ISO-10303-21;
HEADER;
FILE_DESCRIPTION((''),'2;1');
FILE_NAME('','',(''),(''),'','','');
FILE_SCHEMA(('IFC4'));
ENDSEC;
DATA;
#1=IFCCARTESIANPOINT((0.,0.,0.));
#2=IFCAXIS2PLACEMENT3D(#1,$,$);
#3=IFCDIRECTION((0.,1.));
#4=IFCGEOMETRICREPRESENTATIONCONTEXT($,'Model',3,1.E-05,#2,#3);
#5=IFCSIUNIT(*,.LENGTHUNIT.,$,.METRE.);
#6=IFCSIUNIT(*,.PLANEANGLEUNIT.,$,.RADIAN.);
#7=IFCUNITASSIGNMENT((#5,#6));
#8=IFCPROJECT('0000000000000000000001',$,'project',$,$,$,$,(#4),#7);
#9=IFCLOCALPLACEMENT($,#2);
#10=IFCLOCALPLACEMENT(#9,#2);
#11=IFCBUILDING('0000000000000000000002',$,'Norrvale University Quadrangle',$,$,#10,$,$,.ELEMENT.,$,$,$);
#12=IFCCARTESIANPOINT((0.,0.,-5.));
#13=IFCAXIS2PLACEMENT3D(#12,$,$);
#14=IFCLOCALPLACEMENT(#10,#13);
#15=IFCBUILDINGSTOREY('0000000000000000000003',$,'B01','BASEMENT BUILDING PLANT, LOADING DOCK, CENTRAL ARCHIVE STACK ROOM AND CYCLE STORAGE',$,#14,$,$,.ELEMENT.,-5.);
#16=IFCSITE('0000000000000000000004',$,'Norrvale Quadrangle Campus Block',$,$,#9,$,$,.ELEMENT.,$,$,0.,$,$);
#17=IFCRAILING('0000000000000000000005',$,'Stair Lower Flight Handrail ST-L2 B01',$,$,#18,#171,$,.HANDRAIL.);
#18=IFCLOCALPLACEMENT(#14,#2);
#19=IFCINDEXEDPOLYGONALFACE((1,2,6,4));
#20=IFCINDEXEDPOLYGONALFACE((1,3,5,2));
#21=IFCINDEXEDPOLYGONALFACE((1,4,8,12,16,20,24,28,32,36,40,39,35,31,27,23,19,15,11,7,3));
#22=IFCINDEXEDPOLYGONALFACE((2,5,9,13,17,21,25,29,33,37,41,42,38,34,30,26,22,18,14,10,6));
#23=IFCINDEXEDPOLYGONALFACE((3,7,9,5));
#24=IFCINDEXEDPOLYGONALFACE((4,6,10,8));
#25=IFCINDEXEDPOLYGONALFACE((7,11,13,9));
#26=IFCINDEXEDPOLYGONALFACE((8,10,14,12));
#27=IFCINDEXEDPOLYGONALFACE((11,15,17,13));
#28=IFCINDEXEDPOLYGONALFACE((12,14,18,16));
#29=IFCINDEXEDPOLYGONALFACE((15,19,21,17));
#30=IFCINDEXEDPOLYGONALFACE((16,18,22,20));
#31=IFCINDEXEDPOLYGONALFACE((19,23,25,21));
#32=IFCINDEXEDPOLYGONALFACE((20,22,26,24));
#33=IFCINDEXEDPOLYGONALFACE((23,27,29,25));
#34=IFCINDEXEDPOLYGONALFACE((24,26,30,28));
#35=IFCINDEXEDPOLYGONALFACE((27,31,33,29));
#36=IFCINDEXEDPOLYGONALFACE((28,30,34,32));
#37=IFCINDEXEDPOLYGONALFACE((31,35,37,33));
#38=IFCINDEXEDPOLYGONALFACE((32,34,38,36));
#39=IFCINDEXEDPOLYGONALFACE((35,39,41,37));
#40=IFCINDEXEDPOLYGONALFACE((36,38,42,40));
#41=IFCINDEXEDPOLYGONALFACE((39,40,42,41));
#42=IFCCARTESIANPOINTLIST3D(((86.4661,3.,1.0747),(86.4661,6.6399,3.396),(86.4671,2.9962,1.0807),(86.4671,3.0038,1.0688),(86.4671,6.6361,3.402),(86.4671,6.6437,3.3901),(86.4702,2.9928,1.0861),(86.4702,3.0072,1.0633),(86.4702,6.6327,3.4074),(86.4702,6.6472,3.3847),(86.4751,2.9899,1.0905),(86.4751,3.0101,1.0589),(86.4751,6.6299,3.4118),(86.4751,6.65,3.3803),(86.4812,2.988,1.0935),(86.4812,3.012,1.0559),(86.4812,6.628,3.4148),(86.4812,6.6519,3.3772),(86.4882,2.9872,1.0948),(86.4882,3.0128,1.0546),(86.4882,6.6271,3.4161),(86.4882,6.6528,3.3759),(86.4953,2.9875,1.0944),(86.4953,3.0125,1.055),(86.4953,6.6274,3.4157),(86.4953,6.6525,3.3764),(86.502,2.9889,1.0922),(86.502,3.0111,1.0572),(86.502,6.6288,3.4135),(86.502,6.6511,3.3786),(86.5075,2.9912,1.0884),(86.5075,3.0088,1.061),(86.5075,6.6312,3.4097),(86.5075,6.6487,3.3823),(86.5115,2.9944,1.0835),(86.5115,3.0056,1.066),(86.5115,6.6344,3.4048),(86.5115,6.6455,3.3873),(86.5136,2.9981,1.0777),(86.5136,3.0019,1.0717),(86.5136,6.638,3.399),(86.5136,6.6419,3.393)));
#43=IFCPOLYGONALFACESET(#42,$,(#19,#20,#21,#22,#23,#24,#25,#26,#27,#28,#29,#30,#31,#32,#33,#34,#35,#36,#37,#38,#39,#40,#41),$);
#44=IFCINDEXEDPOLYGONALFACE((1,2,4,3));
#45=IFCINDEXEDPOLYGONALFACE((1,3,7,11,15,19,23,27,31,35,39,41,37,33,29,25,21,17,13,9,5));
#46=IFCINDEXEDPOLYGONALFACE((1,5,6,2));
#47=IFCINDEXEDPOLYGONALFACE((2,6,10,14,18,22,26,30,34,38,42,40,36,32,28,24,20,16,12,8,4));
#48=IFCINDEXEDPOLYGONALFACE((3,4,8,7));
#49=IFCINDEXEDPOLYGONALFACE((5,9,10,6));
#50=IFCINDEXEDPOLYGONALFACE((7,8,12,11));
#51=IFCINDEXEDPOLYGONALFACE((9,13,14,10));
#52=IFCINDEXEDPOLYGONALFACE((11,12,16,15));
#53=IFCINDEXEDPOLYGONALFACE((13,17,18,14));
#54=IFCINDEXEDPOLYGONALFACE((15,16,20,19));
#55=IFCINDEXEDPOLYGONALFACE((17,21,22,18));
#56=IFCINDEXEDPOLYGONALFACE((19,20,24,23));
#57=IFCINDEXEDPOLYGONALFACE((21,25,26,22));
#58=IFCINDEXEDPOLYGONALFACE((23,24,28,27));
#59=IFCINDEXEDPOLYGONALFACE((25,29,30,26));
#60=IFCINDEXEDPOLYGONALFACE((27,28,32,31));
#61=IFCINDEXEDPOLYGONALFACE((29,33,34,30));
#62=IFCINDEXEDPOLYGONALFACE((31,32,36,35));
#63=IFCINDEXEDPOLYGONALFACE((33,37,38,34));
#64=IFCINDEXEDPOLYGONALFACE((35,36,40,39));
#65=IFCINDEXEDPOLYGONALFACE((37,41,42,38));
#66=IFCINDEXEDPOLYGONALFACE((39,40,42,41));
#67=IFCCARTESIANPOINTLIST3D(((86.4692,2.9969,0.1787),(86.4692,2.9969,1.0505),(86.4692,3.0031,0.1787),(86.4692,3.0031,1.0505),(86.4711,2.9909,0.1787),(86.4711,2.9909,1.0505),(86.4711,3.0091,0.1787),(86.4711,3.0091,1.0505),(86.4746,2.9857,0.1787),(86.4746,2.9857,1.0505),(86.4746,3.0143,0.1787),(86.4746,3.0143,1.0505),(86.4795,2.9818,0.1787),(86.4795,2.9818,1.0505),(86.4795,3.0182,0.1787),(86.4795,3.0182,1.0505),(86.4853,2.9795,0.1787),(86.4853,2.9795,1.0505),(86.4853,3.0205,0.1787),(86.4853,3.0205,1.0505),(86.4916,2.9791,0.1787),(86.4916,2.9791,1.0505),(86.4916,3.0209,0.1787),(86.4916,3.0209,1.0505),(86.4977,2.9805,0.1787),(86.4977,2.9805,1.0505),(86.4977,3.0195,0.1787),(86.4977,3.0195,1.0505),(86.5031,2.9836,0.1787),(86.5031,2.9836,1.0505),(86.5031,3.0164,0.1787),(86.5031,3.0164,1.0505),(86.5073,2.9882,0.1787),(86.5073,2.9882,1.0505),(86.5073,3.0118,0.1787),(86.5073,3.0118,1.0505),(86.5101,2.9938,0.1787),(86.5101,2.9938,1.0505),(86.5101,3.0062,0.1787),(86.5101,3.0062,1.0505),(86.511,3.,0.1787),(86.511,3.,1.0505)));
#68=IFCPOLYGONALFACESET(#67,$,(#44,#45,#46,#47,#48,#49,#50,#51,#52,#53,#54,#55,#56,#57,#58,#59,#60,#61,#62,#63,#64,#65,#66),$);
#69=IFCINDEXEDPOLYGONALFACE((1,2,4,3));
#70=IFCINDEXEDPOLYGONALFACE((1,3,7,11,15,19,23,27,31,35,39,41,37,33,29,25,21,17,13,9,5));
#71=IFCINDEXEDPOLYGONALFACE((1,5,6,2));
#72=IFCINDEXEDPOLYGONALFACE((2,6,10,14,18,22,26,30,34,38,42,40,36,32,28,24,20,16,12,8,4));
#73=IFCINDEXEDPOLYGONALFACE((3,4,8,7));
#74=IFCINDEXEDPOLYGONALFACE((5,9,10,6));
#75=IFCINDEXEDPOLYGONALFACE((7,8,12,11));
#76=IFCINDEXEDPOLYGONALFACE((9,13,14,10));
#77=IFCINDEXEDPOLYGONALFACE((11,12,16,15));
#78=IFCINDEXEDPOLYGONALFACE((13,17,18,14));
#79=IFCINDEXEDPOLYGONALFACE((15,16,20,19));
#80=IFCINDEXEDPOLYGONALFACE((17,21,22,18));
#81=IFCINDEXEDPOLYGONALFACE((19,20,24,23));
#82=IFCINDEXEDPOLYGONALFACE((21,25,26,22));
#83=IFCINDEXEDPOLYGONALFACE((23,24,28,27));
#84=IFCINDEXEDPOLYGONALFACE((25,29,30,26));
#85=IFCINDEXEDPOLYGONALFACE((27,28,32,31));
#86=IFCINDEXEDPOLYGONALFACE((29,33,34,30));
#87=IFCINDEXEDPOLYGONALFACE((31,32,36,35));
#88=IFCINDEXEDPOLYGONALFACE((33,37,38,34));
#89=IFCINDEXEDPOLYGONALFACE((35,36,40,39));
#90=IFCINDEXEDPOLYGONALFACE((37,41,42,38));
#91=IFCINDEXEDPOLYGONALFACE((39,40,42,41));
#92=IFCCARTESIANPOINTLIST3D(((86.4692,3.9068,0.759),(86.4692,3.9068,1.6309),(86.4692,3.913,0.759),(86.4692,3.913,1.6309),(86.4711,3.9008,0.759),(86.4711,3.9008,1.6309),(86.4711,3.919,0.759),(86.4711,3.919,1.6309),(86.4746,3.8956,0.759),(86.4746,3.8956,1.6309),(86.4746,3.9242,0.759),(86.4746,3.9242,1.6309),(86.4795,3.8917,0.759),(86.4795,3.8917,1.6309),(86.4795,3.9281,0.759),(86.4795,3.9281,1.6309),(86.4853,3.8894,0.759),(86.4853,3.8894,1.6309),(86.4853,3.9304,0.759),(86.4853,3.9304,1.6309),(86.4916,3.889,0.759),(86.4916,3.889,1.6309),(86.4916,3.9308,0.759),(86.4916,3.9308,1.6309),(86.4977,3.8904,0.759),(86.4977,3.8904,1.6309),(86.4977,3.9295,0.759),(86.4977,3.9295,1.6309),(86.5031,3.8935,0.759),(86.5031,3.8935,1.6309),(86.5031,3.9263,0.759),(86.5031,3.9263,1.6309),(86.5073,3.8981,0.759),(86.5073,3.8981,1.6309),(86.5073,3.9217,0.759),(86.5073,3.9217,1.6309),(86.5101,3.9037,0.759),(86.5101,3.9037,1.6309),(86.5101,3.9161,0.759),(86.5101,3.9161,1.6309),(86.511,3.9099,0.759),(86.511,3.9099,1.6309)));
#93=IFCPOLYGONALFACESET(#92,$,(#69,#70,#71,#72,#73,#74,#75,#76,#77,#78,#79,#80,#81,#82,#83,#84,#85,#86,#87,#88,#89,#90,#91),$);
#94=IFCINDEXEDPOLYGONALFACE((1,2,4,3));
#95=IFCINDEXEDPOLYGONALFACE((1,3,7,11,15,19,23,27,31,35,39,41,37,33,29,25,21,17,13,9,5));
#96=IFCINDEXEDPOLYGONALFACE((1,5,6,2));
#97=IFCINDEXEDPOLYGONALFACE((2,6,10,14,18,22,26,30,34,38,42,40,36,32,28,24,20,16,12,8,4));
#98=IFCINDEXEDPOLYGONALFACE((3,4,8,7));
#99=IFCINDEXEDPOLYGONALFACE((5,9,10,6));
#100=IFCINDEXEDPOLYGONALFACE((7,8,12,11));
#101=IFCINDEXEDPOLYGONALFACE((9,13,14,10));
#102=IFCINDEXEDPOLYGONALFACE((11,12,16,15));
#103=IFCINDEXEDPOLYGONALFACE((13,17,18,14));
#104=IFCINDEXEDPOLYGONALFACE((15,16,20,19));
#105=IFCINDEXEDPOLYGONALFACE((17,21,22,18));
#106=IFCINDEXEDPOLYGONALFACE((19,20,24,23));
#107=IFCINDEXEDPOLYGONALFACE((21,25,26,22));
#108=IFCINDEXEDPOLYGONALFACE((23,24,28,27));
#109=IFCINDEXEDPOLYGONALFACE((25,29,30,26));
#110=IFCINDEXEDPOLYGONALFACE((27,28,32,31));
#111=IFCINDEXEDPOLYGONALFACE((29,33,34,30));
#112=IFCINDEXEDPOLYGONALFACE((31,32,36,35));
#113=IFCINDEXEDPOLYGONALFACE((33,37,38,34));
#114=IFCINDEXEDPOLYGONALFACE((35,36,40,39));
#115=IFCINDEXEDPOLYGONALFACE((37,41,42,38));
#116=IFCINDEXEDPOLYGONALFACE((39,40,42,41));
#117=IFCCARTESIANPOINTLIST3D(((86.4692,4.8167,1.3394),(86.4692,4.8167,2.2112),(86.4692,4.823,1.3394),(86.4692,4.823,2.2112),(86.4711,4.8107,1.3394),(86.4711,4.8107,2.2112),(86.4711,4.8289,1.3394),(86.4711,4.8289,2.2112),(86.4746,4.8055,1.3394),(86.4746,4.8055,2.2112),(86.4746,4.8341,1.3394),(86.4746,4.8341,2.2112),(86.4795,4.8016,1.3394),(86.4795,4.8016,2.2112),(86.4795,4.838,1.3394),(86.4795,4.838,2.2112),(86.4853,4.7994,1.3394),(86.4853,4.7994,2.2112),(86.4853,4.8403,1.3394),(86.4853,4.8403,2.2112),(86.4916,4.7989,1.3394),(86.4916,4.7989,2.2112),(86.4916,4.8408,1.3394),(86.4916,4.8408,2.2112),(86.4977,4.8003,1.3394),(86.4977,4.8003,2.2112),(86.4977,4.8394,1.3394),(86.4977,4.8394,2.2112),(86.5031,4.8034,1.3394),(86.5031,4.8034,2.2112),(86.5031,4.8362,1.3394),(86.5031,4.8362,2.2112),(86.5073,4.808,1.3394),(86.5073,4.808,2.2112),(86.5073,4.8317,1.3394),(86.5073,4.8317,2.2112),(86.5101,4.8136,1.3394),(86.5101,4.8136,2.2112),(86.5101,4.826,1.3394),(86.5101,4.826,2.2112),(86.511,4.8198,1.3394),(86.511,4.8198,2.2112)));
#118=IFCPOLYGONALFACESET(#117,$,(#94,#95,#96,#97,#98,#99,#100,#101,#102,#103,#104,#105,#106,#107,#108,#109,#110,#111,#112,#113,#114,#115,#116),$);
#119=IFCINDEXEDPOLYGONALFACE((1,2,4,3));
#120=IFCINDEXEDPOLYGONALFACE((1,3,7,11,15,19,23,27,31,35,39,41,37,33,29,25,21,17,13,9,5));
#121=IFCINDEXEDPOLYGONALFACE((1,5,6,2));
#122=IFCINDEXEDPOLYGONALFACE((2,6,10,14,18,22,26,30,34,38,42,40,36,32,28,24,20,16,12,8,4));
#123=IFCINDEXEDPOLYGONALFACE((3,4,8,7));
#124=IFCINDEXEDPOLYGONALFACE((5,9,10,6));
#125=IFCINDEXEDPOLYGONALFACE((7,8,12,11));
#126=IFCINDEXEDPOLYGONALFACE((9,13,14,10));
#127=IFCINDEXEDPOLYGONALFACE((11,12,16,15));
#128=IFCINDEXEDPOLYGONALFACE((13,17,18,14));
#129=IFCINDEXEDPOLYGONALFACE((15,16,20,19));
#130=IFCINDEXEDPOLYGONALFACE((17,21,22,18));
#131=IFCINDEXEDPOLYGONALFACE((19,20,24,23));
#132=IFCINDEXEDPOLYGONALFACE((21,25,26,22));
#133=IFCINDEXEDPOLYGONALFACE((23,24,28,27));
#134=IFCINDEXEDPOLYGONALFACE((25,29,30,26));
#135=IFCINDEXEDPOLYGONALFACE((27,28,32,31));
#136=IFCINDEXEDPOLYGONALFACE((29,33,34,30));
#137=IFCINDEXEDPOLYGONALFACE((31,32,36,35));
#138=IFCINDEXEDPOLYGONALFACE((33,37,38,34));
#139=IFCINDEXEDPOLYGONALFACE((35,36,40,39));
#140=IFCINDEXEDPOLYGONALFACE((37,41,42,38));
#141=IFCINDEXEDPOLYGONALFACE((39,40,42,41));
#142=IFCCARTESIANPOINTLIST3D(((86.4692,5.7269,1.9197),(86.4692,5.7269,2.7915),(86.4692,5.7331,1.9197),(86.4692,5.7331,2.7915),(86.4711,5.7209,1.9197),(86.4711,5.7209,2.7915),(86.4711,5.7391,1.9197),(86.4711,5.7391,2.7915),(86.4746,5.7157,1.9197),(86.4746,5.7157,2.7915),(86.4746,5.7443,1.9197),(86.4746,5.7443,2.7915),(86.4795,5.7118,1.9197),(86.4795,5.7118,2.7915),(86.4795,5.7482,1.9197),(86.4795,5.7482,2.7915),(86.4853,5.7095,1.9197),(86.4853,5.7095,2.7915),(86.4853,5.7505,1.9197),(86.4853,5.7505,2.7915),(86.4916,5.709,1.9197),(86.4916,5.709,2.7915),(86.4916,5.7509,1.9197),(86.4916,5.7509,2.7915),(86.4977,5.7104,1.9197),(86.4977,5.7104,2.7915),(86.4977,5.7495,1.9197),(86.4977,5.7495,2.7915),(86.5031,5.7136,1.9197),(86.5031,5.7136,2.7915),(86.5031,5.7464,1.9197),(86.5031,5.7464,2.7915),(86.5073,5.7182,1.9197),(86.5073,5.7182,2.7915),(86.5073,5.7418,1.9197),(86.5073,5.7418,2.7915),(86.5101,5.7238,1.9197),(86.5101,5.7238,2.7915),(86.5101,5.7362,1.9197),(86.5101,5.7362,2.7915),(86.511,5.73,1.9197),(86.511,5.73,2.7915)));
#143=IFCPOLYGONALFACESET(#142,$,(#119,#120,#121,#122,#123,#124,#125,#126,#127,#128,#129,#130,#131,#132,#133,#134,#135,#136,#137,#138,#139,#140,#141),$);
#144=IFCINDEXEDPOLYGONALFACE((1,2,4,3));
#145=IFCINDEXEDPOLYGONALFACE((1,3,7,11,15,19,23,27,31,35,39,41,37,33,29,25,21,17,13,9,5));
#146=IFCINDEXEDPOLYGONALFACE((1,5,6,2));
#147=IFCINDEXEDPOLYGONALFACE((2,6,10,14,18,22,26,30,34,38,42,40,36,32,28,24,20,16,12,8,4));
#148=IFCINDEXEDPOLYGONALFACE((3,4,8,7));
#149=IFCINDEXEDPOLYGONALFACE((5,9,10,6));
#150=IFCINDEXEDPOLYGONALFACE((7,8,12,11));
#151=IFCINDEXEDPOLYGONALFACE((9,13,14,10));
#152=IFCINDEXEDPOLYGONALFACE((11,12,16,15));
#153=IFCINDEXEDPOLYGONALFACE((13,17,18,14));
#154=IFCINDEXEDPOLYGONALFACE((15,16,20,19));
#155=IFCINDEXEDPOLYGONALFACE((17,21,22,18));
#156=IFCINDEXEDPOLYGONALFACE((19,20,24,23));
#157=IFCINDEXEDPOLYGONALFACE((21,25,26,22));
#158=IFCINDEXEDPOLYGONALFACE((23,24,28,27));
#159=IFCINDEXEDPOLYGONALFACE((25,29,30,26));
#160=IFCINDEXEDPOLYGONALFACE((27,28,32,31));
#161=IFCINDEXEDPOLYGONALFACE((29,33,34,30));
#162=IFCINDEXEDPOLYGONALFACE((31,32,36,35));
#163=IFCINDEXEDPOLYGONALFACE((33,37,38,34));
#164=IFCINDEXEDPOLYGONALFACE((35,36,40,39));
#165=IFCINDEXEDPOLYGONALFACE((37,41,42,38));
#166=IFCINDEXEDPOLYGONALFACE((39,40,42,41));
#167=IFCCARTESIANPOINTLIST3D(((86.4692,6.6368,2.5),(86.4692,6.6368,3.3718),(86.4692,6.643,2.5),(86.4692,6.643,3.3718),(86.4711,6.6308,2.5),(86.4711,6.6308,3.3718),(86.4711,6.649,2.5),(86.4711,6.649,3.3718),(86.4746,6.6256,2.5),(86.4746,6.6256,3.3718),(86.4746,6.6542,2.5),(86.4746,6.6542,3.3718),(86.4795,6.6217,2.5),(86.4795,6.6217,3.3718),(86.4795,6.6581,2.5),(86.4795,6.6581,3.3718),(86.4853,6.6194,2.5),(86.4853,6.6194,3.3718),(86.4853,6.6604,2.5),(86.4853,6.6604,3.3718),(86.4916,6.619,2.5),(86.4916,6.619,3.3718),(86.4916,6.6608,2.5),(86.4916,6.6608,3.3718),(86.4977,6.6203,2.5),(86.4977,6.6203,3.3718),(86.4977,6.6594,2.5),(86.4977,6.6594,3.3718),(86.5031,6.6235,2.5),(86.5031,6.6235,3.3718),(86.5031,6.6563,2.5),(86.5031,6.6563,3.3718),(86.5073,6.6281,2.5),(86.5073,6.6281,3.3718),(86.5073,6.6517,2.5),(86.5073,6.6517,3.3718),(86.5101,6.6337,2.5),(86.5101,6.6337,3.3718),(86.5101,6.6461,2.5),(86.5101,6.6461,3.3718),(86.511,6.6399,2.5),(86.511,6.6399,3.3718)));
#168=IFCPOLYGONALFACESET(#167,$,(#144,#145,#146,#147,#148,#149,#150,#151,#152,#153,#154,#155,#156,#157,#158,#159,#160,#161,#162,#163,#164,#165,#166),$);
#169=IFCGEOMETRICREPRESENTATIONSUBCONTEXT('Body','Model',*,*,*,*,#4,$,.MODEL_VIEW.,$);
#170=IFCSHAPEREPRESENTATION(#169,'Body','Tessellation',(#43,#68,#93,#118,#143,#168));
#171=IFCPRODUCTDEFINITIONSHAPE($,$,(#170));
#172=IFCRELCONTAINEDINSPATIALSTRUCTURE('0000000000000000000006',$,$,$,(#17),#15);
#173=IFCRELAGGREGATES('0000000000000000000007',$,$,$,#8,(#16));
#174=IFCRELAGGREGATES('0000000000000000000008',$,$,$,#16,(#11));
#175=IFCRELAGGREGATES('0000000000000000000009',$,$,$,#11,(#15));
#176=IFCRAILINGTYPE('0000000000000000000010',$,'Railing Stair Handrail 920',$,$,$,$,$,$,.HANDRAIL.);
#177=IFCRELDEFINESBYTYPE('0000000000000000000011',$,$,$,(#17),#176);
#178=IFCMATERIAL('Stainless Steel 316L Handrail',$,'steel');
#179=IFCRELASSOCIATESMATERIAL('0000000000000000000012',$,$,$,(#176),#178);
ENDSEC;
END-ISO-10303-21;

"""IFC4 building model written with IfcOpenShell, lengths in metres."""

from ifc_helpers import new_model, si_unit, direction, frame, origin, origin_2d, place, context, subcontext, project, spatial, circle, extrude, material, type_object, element, save


model = new_model("IFC4")

# Units and contexts
model_context = context("Model", 3, precision=1e-05, world=origin(), true_north=direction((0.0, 1.0)))
body_context = subcontext(model_context, "Body", "Model", "MODEL_VIEW")
ifc_project = project(units=[si_unit("LENGTHUNIT", "METRE"), si_unit("PLANEANGLEUNIT", "RADIAN")], contexts=[model_context])

# Site, building, storey
site_placement = place(None, origin())
site = spatial("IfcSite", under=ifc_project, at=site_placement, Name="Norrvale Quadrangle Campus Block", CompositionType="ELEMENT", RefElevation=0.0)
building_placement = place(site_placement, origin())
building = spatial("IfcBuilding", under=site, at=building_placement, Name="Norrvale University Quadrangle", CompositionType="ELEMENT")
storey_placement = place(building_placement, frame((0.0, 0.0, -5.0)))
storey = spatial("IfcBuildingStorey", under=building, at=storey_placement, Name="B01", Description="BASEMENT BUILDING PLANT, LOADING DOCK, CENTRAL ARCHIVE STACK ROOM AND CYCLE STORAGE", CompositionType="ELEMENT", Elevation=-5.0)

# Railing
ifc_material_1 = material(Name="Stainless Steel 316L Handrail", Category="steel")
railing_type_1 = type_object("IfcRailingType", Name="Railing Stair Handrail 920", PredefinedType="HANDRAIL", material=ifc_material_1)
railing_1_placement = place(storey_placement, frame((86.49, 3.0, 0.1787)))
element("IfcRailing", 1, at=railing_1_placement, inside=storey, type_object=railing_type_1, Name="Stair Lower Flight Handrail ST-L2 B01", PredefinedType="HANDRAIL", context=body_context, shape_type="SweptSolid", body=[
    extrude(circle(Radius=0.0239, at=origin_2d()), frame((0.0, 0.0, 0.896), z_axis=(0.0, 0.843137, 0.537699), x_axis=(-1.0, 0.0, 0.0)), (0.0, 0.0, 1.0), 4.3171),
    extrude(circle(Radius=0.021, at=origin_2d()), origin(), (0.0, 0.0, 1.0), 0.8718),
    extrude(circle(Radius=0.021, at=origin_2d()), frame((0.0, 0.9099, 0.5803)), (0.0, 0.0, 1.0), 0.8718),
    extrude(circle(Radius=0.021, at=origin_2d()), frame((0.0, 1.8198, 1.1606)), (0.0, 0.0, 1.0), 0.8718),
    extrude(circle(Radius=0.021, at=origin_2d()), frame((0.0, 2.73, 1.741)), (0.0, 0.0, 1.0), 0.8718),
    extrude(circle(Radius=0.021, at=origin_2d()), frame((0.0, 3.6399, 2.3213)), (0.0, 0.0, 1.0), 0.8718),
])

save(model, "model.ifc")
